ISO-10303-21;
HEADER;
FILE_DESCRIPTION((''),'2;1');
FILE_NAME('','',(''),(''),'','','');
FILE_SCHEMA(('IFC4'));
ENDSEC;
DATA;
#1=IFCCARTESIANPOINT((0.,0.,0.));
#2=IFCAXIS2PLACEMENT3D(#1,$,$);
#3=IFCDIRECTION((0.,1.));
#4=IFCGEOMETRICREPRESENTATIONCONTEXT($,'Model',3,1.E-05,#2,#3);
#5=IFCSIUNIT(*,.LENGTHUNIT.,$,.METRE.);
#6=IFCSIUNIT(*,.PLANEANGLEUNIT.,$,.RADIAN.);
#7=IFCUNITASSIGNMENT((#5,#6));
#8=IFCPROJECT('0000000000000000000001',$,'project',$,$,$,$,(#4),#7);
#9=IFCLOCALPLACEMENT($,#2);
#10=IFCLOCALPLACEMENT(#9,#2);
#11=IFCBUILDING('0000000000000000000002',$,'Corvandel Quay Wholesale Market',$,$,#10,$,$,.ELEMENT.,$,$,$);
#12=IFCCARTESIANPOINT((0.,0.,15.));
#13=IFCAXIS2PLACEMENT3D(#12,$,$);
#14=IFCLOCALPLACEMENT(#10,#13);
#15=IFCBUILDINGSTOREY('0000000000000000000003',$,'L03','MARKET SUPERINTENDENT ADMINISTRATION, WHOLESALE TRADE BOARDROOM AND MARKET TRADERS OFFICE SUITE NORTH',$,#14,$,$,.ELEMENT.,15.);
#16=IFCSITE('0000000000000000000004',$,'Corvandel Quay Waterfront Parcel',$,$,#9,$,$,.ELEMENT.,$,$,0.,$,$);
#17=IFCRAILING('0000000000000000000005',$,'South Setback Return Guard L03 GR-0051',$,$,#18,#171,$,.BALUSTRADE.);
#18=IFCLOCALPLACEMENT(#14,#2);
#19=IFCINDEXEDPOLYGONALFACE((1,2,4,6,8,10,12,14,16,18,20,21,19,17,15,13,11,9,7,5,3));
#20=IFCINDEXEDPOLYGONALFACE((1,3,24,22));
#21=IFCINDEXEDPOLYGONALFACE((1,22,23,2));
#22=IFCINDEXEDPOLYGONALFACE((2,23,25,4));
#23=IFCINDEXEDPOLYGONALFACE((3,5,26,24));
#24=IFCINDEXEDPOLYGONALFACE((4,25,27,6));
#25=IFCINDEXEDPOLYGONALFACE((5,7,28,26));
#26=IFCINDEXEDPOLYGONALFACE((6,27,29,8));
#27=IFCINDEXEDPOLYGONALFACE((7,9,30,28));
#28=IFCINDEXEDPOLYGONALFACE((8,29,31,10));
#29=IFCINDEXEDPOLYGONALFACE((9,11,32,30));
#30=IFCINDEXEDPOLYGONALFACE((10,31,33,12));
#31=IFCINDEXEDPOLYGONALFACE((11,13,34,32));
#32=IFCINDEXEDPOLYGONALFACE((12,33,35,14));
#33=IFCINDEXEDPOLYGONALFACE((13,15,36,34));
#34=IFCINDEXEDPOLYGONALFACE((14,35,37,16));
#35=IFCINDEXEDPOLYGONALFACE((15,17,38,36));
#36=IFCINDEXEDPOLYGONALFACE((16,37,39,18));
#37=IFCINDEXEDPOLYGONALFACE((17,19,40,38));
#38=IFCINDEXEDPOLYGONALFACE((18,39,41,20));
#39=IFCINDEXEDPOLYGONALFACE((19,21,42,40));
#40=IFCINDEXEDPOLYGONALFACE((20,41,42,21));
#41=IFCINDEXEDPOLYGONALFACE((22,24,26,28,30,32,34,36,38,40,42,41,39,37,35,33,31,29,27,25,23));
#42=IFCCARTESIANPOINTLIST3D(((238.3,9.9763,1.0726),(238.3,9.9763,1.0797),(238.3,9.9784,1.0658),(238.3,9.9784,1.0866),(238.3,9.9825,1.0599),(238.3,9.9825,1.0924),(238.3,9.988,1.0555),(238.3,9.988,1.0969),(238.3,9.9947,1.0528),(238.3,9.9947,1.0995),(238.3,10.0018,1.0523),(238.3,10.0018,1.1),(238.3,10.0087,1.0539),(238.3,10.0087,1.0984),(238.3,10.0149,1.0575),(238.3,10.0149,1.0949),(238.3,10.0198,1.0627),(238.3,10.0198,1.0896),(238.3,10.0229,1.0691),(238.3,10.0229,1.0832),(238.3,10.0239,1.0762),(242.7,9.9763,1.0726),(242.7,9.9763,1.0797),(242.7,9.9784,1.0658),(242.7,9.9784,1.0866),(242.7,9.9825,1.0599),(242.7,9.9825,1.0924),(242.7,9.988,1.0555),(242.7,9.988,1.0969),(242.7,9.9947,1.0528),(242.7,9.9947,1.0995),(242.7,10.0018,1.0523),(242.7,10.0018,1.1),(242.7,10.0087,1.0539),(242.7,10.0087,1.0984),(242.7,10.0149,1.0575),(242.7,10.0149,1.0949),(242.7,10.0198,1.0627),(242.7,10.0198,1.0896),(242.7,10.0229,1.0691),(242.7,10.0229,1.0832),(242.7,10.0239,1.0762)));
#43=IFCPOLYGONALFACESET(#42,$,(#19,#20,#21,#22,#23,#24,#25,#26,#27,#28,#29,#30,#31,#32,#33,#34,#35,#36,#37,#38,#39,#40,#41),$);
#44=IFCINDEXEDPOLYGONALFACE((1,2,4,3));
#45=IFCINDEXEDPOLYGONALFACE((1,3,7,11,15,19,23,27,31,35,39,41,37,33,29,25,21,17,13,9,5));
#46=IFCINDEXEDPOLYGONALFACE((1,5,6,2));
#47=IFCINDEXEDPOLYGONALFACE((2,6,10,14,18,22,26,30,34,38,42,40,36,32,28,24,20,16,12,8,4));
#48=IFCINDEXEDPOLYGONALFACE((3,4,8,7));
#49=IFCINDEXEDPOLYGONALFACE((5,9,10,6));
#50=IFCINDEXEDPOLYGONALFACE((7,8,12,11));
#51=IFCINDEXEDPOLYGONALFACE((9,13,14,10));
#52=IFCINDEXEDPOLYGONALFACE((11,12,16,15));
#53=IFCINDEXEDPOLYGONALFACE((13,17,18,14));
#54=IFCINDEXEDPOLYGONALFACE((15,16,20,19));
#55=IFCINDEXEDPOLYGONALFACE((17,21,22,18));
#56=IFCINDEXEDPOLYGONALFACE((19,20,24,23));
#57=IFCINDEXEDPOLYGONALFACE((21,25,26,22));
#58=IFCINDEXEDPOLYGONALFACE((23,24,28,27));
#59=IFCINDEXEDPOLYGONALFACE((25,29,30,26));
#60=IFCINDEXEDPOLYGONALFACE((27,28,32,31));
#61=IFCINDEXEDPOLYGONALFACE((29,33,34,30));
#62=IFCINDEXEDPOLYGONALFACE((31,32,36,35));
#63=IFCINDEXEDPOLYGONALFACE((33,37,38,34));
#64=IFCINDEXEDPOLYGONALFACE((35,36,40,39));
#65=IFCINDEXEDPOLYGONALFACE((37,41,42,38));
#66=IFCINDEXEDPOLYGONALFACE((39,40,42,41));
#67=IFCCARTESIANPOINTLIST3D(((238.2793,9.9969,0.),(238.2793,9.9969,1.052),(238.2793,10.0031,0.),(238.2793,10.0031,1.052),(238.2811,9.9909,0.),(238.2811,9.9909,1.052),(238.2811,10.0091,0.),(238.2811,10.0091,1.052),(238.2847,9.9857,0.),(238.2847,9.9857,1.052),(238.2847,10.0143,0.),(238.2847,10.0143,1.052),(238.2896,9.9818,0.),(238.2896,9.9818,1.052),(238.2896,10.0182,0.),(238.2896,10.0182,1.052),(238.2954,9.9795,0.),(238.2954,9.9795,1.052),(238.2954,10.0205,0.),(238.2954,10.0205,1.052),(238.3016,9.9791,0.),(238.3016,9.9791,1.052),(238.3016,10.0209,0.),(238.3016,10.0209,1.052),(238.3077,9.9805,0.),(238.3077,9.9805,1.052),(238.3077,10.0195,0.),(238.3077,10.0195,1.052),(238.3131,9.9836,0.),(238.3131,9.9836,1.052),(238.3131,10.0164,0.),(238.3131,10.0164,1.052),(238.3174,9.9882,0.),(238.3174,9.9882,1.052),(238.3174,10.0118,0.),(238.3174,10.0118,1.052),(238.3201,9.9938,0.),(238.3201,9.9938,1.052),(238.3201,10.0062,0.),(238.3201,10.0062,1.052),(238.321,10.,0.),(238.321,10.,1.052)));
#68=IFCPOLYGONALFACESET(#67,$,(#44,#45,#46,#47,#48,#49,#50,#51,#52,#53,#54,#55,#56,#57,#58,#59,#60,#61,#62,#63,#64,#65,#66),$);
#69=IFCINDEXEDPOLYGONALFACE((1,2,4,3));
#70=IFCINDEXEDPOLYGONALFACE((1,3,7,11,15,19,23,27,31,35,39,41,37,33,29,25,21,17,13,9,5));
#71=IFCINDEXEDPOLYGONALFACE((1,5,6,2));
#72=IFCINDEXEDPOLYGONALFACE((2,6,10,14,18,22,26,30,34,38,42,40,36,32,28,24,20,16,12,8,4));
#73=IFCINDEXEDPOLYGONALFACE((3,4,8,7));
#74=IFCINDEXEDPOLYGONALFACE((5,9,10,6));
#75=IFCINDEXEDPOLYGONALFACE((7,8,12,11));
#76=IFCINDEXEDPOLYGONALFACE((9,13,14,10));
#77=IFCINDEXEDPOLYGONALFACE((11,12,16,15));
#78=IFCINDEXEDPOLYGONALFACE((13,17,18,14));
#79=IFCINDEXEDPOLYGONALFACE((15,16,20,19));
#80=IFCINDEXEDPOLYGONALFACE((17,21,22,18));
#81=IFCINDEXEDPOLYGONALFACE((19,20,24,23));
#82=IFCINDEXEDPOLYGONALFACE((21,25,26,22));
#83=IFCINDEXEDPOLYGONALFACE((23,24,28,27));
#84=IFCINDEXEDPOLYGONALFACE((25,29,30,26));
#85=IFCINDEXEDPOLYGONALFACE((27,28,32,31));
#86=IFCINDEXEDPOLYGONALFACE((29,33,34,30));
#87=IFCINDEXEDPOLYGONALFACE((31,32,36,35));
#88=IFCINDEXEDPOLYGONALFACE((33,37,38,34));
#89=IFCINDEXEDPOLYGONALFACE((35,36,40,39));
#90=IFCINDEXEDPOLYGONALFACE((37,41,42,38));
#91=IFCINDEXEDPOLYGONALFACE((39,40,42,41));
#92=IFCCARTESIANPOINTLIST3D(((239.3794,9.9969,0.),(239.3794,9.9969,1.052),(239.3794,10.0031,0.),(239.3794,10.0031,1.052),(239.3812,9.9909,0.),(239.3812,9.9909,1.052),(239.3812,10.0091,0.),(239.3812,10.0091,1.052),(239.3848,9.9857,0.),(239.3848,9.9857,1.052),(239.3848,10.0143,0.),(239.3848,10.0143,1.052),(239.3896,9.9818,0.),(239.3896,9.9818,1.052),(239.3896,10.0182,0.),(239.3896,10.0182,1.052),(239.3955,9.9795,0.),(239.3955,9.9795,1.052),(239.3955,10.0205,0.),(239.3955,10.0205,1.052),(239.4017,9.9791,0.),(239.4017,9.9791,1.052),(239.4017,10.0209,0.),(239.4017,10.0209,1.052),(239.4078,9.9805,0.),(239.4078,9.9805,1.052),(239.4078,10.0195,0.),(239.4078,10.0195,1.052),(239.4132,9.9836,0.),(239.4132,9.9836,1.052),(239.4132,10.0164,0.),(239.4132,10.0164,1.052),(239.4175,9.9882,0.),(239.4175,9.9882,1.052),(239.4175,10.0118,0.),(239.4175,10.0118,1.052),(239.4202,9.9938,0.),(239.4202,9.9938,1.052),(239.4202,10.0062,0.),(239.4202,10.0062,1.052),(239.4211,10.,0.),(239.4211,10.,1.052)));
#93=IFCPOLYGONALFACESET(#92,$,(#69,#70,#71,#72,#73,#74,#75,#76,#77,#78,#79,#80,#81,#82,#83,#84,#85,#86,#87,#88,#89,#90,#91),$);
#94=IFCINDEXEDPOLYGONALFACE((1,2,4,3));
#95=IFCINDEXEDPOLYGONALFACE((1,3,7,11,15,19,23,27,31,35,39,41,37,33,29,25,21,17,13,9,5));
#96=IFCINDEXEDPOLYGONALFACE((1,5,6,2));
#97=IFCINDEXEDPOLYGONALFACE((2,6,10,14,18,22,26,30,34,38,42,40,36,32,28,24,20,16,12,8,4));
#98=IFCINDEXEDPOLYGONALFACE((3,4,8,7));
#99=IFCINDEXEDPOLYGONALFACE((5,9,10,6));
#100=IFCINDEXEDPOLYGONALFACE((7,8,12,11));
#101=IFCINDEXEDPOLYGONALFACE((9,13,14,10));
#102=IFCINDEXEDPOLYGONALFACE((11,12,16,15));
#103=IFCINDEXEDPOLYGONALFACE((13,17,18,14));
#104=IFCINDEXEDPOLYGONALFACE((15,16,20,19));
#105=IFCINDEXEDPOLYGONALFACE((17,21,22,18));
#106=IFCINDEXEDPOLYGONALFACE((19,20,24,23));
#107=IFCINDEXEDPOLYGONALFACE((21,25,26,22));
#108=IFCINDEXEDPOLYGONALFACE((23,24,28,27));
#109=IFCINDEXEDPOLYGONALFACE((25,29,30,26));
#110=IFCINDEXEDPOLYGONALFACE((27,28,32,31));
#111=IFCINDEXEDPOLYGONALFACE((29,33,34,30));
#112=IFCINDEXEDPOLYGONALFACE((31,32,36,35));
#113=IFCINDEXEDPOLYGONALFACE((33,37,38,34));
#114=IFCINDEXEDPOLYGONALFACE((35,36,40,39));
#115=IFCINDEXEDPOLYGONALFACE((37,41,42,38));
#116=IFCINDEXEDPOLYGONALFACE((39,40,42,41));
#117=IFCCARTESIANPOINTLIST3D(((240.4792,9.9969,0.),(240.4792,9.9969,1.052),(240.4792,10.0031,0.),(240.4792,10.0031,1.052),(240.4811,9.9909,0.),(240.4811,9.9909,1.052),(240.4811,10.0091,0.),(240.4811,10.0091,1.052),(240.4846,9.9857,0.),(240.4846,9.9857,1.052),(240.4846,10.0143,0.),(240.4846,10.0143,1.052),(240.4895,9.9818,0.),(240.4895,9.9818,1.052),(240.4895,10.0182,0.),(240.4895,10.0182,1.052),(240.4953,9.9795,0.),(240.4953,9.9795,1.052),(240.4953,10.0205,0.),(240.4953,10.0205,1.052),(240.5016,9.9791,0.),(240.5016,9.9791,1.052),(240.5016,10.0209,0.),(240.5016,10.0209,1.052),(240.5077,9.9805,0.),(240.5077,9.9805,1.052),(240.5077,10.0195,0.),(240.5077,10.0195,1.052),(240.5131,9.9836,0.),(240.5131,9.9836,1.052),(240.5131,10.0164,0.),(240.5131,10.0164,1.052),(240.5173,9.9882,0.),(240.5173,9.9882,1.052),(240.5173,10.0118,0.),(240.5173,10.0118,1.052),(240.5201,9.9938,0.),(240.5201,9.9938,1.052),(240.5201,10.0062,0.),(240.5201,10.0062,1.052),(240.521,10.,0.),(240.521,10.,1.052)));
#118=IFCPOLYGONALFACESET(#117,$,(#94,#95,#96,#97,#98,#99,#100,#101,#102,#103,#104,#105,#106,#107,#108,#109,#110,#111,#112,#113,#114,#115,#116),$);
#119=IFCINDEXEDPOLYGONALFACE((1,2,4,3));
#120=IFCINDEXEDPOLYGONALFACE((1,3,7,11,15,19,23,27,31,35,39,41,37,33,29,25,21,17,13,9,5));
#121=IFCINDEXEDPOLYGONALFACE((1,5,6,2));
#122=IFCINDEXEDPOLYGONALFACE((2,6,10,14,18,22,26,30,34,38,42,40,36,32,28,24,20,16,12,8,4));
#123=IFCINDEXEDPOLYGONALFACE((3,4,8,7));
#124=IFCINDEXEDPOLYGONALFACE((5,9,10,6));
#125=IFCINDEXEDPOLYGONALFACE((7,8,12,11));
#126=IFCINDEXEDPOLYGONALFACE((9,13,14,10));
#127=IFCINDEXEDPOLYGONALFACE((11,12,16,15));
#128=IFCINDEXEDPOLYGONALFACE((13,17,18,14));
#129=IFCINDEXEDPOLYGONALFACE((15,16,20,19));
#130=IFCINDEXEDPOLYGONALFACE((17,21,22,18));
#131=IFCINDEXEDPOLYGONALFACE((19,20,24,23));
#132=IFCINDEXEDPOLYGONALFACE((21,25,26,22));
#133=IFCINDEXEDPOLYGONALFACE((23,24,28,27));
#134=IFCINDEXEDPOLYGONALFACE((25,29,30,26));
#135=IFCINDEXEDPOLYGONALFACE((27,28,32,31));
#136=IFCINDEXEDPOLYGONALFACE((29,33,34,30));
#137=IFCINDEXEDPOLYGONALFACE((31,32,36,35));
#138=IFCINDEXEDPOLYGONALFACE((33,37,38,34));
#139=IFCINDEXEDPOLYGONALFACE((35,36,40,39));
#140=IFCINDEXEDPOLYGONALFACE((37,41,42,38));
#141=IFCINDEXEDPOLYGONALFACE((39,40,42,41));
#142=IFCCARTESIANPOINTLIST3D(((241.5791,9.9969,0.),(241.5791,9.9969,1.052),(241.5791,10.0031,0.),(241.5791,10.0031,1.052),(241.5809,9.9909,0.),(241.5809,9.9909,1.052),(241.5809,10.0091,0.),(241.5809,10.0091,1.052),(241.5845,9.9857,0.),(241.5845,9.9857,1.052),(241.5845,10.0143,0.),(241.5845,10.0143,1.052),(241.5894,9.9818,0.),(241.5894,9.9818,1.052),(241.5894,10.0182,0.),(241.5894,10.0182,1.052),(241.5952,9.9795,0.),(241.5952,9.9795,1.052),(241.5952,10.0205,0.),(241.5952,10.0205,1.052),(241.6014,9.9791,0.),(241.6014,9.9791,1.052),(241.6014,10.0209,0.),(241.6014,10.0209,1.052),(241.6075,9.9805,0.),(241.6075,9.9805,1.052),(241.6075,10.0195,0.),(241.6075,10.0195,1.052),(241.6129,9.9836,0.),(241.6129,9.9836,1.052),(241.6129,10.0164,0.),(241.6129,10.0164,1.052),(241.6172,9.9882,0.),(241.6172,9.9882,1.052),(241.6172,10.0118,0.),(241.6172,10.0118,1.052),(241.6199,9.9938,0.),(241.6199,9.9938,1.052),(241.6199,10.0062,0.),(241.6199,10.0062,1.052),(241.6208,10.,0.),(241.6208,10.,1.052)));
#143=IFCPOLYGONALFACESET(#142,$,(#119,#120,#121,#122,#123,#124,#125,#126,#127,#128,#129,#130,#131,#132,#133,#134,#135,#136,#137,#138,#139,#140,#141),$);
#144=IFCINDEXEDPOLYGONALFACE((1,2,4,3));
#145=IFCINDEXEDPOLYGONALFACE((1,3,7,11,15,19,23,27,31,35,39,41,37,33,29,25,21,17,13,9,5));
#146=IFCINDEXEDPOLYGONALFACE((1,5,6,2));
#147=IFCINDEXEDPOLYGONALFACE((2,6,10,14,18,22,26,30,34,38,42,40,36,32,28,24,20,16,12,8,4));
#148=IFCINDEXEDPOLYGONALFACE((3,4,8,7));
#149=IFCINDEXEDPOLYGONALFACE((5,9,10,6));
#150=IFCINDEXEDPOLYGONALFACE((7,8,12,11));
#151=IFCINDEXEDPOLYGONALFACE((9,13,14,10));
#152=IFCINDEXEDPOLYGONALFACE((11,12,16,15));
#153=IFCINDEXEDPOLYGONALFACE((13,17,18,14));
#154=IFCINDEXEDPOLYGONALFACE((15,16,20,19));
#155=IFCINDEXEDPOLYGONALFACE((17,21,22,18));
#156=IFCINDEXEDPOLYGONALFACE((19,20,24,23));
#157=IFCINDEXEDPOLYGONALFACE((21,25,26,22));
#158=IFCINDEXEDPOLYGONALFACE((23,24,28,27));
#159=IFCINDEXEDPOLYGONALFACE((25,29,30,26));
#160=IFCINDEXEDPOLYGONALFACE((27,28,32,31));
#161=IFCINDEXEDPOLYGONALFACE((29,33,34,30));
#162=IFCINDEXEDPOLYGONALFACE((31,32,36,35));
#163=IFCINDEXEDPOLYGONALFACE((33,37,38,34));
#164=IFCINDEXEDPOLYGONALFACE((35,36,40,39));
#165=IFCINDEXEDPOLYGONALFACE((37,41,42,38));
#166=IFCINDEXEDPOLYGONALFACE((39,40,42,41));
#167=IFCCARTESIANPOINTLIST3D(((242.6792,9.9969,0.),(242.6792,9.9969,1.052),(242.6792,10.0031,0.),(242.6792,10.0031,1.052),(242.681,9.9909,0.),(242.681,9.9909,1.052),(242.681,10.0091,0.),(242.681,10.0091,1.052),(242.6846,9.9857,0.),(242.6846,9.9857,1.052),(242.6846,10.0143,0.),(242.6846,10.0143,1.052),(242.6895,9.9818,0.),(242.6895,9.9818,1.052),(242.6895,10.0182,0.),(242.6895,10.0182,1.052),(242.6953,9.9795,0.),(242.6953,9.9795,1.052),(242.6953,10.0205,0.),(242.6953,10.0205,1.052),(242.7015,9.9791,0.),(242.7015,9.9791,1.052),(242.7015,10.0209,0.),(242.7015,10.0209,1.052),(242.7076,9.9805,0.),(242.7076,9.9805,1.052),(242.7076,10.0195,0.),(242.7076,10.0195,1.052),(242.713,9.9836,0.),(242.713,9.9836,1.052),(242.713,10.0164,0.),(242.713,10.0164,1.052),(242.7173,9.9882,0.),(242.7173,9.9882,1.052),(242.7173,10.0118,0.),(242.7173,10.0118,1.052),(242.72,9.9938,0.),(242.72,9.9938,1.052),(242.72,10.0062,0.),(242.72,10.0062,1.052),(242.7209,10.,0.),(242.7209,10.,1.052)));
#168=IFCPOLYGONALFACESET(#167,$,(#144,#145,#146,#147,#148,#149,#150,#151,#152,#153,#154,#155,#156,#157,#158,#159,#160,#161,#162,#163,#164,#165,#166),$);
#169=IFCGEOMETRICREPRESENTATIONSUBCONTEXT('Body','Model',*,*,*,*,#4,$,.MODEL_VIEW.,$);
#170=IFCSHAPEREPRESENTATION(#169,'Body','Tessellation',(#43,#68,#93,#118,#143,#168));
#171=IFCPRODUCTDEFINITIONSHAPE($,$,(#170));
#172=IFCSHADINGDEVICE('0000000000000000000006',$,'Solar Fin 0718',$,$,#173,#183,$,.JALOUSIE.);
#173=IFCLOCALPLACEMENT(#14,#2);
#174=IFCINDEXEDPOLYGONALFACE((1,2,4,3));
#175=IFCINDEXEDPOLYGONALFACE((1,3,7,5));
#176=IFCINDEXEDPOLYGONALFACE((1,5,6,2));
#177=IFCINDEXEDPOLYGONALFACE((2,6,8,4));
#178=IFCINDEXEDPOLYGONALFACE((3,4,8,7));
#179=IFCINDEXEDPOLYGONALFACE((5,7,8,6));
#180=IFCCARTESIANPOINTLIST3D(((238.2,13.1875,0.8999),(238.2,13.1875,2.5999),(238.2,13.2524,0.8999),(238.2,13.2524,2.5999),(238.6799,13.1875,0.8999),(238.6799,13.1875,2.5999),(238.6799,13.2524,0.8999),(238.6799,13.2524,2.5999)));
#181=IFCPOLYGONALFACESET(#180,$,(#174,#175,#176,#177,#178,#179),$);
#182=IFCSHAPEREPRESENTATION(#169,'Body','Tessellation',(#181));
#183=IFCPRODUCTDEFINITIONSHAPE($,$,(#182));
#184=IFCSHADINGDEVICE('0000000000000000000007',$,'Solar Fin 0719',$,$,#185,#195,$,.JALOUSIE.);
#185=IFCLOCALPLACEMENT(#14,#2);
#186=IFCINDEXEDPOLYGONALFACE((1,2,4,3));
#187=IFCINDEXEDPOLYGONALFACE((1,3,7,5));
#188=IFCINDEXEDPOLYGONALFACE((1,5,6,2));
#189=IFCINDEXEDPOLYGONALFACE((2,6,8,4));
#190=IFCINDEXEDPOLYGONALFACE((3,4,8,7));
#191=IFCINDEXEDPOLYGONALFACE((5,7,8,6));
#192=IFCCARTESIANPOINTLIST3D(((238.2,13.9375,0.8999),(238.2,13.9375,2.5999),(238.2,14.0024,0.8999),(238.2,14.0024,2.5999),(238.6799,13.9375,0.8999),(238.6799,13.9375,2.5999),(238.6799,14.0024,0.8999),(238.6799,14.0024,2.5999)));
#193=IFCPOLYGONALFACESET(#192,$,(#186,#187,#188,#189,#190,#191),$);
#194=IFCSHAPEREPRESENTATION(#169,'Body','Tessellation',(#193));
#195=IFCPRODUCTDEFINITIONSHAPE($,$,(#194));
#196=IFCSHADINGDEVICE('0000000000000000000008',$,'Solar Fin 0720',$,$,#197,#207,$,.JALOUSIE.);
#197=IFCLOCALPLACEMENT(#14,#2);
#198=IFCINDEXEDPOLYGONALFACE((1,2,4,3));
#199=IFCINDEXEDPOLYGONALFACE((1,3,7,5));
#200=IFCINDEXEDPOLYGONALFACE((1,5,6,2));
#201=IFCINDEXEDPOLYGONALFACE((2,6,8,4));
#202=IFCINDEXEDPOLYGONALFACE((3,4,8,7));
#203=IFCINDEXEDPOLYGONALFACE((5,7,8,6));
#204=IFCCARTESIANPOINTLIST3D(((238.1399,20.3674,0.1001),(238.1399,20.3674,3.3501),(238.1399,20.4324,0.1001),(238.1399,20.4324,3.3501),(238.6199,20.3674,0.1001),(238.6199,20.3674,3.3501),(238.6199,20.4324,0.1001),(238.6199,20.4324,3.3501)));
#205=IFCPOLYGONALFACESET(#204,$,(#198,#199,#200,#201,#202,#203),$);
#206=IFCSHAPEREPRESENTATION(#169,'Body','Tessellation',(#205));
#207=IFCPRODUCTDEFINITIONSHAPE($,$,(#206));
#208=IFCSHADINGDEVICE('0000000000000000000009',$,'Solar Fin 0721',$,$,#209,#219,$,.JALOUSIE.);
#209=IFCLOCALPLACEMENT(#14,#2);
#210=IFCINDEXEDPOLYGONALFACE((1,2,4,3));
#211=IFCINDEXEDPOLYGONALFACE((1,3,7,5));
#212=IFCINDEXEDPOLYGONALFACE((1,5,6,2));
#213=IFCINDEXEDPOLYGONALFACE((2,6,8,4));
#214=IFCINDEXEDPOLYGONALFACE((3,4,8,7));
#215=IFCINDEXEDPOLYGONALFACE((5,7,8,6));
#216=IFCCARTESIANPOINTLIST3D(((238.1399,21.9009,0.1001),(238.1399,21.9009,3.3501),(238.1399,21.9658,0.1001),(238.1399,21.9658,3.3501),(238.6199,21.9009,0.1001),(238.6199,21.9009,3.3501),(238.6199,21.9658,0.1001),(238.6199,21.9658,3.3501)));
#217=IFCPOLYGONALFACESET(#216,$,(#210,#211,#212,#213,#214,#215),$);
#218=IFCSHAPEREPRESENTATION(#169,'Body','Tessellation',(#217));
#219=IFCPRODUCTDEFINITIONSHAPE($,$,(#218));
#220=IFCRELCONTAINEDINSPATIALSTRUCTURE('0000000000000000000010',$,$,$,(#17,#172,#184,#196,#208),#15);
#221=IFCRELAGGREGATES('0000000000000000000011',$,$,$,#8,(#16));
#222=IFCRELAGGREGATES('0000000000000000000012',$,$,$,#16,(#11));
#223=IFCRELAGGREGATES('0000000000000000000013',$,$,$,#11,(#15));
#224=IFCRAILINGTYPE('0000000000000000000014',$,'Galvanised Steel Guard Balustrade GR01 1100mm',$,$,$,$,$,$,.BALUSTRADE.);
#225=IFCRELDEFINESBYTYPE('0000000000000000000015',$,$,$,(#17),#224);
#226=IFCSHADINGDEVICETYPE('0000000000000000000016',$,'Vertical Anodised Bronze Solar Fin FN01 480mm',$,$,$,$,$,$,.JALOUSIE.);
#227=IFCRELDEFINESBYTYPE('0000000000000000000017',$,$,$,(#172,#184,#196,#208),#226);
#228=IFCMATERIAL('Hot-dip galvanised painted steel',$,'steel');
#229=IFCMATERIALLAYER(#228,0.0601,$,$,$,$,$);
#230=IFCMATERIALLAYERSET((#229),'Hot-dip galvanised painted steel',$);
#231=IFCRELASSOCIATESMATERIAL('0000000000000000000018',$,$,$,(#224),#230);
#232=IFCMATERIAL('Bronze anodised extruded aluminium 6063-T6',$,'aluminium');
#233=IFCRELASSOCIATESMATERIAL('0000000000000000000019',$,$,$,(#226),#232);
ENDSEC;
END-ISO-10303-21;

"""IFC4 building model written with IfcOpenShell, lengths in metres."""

from ifc_helpers import new_model, si_unit, direction, frame, origin, origin_2d, place, context, subcontext, project, spatial, rectangle, circle, extrude, material, layer, layer_set, type_object, element, save


model = new_model("IFC4")

# Units and contexts
model_context = context("Model", 3, precision=1e-05, world=origin(), true_north=direction((0.0, 1.0)))
body_context = subcontext(model_context, "Body", "Model", "MODEL_VIEW")
ifc_project = project(units=[si_unit("LENGTHUNIT", "METRE"), si_unit("PLANEANGLEUNIT", "RADIAN")], contexts=[model_context])

# Site, building, storey
site_placement = place(None, origin())
site = spatial("IfcSite", under=ifc_project, at=site_placement, Name="Corvandel Quay Waterfront Parcel", CompositionType="ELEMENT", RefElevation=0.0)
building_placement = place(site_placement, origin())
building = spatial("IfcBuilding", under=site, at=building_placement, Name="Corvandel Quay Wholesale Market", CompositionType="ELEMENT")
storey_placement = place(building_placement, frame((0.0, 0.0, 15.0)))
storey = spatial("IfcBuildingStorey", under=building, at=storey_placement, Name="L03", Description="MARKET SUPERINTENDENT ADMINISTRATION, WHOLESALE TRADE BOARDROOM AND MARKET TRADERS OFFICE SUITE NORTH", CompositionType="ELEMENT", Elevation=15.0)

# Railing
ifc_material_1 = material(Name="Hot-dip galvanised painted steel", Category="steel")
ifc_layer_1 = layer(ifc_material_1, 0.0601)
ifc_layer_set_1 = layer_set([ifc_layer_1], Name="Hot-dip galvanised painted steel")
railing_type = type_object("IfcRailingType", Name="Galvanised Steel Guard Balustrade GR01 1100mm", PredefinedType="BALUSTRADE", material=ifc_layer_set_1)
railing_placement = place(storey_placement, frame((238.3, 10.0, 0.0)))
element("IfcRailing", 1, at=railing_placement, inside=storey, type_object=railing_type, Name="South Setback Return Guard L03 GR-0051", PredefinedType="BALUSTRADE", context=body_context, shape_type="SweptSolid", body=[
    extrude(circle(Radius=0.0239, at=origin_2d()), frame((0.0, 0.0, 1.0762), z_axis=(1.0, 0.0, 0.0), x_axis=(0.0, 1.0, 0.0)), (0.0, 0.0, 1.0), 4.3999),
    extrude(circle(Radius=0.021, at=origin_2d()), origin(), (0.0, 0.0, 1.0), 1.052),
    extrude(circle(Radius=0.021, at=origin_2d()), frame((1.1001, 0.0, 0.0)), (0.0, 0.0, 1.0), 1.052),
    extrude(circle(Radius=0.021, at=origin_2d()), frame((2.2, 0.0, 0.0)), (0.0, 0.0, 1.0), 1.052),
    extrude(circle(Radius=0.021, at=origin_2d()), frame((3.2998, 0.0, 0.0)), (0.0, 0.0, 1.0), 1.052),
    extrude(circle(Radius=0.021, at=origin_2d()), frame((4.3999, 0.0, 0.0)), (0.0, 0.0, 1.0), 1.052),
])

# Shading devices
ifc_material_2 = material(Name="Bronze anodised extruded aluminium 6063-T6", Category="aluminium")
shading_device_type = type_object("IfcShadingDeviceType", Name="Vertical Anodised Bronze Solar Fin FN01 480mm", PredefinedType="JALOUSIE", material=ifc_material_2)
for number, where, z_axis, x_axis, name in (
    (2, (238.4399, 13.22, 0.8999), (0.0, 0.0, 1.0), (1.0, 0.0, 0.0), "Solar Fin 0718"),
    (3, (238.4399, 13.97, 0.8999), (0.0, 0.0, 1.0), (1.0, 0.0, 0.0), "Solar Fin 0719"),
):
    element("IfcShadingDevice", number, at=place(storey_placement, frame(where, z_axis=z_axis, x_axis=x_axis)), inside=storey, type_object=shading_device_type, Name=name, PredefinedType="JALOUSIE", context=body_context, shape_type="SweptSolid", body=[
        extrude(rectangle(XDim=0.48, YDim=0.0649, at=origin_2d()), origin(), (0.0, 0.0, 1.0), 1.7),
    ])
for number, where, z_axis, x_axis, name in (
    (4, (238.3799, 20.3999, 0.1001), (0.0, 0.0, 1.0), (1.0, 0.0, 0.0), "Solar Fin 0720"),
    (5, (238.3799, 21.9333, 0.1001), (0.0, 0.0, 1.0), (1.0, 0.0, 0.0), "Solar Fin 0721"),
):
    element("IfcShadingDevice", number, at=place(storey_placement, frame(where, z_axis=z_axis, x_axis=x_axis)), inside=storey, type_object=shading_device_type, Name=name, PredefinedType="JALOUSIE", context=body_context, shape_type="SweptSolid", body=[
        extrude(rectangle(XDim=0.48, YDim=0.0649, at=origin_2d()), origin(), (0.0, 0.0, 1.0), 3.25),
    ])

save(model, "model.ifc")
